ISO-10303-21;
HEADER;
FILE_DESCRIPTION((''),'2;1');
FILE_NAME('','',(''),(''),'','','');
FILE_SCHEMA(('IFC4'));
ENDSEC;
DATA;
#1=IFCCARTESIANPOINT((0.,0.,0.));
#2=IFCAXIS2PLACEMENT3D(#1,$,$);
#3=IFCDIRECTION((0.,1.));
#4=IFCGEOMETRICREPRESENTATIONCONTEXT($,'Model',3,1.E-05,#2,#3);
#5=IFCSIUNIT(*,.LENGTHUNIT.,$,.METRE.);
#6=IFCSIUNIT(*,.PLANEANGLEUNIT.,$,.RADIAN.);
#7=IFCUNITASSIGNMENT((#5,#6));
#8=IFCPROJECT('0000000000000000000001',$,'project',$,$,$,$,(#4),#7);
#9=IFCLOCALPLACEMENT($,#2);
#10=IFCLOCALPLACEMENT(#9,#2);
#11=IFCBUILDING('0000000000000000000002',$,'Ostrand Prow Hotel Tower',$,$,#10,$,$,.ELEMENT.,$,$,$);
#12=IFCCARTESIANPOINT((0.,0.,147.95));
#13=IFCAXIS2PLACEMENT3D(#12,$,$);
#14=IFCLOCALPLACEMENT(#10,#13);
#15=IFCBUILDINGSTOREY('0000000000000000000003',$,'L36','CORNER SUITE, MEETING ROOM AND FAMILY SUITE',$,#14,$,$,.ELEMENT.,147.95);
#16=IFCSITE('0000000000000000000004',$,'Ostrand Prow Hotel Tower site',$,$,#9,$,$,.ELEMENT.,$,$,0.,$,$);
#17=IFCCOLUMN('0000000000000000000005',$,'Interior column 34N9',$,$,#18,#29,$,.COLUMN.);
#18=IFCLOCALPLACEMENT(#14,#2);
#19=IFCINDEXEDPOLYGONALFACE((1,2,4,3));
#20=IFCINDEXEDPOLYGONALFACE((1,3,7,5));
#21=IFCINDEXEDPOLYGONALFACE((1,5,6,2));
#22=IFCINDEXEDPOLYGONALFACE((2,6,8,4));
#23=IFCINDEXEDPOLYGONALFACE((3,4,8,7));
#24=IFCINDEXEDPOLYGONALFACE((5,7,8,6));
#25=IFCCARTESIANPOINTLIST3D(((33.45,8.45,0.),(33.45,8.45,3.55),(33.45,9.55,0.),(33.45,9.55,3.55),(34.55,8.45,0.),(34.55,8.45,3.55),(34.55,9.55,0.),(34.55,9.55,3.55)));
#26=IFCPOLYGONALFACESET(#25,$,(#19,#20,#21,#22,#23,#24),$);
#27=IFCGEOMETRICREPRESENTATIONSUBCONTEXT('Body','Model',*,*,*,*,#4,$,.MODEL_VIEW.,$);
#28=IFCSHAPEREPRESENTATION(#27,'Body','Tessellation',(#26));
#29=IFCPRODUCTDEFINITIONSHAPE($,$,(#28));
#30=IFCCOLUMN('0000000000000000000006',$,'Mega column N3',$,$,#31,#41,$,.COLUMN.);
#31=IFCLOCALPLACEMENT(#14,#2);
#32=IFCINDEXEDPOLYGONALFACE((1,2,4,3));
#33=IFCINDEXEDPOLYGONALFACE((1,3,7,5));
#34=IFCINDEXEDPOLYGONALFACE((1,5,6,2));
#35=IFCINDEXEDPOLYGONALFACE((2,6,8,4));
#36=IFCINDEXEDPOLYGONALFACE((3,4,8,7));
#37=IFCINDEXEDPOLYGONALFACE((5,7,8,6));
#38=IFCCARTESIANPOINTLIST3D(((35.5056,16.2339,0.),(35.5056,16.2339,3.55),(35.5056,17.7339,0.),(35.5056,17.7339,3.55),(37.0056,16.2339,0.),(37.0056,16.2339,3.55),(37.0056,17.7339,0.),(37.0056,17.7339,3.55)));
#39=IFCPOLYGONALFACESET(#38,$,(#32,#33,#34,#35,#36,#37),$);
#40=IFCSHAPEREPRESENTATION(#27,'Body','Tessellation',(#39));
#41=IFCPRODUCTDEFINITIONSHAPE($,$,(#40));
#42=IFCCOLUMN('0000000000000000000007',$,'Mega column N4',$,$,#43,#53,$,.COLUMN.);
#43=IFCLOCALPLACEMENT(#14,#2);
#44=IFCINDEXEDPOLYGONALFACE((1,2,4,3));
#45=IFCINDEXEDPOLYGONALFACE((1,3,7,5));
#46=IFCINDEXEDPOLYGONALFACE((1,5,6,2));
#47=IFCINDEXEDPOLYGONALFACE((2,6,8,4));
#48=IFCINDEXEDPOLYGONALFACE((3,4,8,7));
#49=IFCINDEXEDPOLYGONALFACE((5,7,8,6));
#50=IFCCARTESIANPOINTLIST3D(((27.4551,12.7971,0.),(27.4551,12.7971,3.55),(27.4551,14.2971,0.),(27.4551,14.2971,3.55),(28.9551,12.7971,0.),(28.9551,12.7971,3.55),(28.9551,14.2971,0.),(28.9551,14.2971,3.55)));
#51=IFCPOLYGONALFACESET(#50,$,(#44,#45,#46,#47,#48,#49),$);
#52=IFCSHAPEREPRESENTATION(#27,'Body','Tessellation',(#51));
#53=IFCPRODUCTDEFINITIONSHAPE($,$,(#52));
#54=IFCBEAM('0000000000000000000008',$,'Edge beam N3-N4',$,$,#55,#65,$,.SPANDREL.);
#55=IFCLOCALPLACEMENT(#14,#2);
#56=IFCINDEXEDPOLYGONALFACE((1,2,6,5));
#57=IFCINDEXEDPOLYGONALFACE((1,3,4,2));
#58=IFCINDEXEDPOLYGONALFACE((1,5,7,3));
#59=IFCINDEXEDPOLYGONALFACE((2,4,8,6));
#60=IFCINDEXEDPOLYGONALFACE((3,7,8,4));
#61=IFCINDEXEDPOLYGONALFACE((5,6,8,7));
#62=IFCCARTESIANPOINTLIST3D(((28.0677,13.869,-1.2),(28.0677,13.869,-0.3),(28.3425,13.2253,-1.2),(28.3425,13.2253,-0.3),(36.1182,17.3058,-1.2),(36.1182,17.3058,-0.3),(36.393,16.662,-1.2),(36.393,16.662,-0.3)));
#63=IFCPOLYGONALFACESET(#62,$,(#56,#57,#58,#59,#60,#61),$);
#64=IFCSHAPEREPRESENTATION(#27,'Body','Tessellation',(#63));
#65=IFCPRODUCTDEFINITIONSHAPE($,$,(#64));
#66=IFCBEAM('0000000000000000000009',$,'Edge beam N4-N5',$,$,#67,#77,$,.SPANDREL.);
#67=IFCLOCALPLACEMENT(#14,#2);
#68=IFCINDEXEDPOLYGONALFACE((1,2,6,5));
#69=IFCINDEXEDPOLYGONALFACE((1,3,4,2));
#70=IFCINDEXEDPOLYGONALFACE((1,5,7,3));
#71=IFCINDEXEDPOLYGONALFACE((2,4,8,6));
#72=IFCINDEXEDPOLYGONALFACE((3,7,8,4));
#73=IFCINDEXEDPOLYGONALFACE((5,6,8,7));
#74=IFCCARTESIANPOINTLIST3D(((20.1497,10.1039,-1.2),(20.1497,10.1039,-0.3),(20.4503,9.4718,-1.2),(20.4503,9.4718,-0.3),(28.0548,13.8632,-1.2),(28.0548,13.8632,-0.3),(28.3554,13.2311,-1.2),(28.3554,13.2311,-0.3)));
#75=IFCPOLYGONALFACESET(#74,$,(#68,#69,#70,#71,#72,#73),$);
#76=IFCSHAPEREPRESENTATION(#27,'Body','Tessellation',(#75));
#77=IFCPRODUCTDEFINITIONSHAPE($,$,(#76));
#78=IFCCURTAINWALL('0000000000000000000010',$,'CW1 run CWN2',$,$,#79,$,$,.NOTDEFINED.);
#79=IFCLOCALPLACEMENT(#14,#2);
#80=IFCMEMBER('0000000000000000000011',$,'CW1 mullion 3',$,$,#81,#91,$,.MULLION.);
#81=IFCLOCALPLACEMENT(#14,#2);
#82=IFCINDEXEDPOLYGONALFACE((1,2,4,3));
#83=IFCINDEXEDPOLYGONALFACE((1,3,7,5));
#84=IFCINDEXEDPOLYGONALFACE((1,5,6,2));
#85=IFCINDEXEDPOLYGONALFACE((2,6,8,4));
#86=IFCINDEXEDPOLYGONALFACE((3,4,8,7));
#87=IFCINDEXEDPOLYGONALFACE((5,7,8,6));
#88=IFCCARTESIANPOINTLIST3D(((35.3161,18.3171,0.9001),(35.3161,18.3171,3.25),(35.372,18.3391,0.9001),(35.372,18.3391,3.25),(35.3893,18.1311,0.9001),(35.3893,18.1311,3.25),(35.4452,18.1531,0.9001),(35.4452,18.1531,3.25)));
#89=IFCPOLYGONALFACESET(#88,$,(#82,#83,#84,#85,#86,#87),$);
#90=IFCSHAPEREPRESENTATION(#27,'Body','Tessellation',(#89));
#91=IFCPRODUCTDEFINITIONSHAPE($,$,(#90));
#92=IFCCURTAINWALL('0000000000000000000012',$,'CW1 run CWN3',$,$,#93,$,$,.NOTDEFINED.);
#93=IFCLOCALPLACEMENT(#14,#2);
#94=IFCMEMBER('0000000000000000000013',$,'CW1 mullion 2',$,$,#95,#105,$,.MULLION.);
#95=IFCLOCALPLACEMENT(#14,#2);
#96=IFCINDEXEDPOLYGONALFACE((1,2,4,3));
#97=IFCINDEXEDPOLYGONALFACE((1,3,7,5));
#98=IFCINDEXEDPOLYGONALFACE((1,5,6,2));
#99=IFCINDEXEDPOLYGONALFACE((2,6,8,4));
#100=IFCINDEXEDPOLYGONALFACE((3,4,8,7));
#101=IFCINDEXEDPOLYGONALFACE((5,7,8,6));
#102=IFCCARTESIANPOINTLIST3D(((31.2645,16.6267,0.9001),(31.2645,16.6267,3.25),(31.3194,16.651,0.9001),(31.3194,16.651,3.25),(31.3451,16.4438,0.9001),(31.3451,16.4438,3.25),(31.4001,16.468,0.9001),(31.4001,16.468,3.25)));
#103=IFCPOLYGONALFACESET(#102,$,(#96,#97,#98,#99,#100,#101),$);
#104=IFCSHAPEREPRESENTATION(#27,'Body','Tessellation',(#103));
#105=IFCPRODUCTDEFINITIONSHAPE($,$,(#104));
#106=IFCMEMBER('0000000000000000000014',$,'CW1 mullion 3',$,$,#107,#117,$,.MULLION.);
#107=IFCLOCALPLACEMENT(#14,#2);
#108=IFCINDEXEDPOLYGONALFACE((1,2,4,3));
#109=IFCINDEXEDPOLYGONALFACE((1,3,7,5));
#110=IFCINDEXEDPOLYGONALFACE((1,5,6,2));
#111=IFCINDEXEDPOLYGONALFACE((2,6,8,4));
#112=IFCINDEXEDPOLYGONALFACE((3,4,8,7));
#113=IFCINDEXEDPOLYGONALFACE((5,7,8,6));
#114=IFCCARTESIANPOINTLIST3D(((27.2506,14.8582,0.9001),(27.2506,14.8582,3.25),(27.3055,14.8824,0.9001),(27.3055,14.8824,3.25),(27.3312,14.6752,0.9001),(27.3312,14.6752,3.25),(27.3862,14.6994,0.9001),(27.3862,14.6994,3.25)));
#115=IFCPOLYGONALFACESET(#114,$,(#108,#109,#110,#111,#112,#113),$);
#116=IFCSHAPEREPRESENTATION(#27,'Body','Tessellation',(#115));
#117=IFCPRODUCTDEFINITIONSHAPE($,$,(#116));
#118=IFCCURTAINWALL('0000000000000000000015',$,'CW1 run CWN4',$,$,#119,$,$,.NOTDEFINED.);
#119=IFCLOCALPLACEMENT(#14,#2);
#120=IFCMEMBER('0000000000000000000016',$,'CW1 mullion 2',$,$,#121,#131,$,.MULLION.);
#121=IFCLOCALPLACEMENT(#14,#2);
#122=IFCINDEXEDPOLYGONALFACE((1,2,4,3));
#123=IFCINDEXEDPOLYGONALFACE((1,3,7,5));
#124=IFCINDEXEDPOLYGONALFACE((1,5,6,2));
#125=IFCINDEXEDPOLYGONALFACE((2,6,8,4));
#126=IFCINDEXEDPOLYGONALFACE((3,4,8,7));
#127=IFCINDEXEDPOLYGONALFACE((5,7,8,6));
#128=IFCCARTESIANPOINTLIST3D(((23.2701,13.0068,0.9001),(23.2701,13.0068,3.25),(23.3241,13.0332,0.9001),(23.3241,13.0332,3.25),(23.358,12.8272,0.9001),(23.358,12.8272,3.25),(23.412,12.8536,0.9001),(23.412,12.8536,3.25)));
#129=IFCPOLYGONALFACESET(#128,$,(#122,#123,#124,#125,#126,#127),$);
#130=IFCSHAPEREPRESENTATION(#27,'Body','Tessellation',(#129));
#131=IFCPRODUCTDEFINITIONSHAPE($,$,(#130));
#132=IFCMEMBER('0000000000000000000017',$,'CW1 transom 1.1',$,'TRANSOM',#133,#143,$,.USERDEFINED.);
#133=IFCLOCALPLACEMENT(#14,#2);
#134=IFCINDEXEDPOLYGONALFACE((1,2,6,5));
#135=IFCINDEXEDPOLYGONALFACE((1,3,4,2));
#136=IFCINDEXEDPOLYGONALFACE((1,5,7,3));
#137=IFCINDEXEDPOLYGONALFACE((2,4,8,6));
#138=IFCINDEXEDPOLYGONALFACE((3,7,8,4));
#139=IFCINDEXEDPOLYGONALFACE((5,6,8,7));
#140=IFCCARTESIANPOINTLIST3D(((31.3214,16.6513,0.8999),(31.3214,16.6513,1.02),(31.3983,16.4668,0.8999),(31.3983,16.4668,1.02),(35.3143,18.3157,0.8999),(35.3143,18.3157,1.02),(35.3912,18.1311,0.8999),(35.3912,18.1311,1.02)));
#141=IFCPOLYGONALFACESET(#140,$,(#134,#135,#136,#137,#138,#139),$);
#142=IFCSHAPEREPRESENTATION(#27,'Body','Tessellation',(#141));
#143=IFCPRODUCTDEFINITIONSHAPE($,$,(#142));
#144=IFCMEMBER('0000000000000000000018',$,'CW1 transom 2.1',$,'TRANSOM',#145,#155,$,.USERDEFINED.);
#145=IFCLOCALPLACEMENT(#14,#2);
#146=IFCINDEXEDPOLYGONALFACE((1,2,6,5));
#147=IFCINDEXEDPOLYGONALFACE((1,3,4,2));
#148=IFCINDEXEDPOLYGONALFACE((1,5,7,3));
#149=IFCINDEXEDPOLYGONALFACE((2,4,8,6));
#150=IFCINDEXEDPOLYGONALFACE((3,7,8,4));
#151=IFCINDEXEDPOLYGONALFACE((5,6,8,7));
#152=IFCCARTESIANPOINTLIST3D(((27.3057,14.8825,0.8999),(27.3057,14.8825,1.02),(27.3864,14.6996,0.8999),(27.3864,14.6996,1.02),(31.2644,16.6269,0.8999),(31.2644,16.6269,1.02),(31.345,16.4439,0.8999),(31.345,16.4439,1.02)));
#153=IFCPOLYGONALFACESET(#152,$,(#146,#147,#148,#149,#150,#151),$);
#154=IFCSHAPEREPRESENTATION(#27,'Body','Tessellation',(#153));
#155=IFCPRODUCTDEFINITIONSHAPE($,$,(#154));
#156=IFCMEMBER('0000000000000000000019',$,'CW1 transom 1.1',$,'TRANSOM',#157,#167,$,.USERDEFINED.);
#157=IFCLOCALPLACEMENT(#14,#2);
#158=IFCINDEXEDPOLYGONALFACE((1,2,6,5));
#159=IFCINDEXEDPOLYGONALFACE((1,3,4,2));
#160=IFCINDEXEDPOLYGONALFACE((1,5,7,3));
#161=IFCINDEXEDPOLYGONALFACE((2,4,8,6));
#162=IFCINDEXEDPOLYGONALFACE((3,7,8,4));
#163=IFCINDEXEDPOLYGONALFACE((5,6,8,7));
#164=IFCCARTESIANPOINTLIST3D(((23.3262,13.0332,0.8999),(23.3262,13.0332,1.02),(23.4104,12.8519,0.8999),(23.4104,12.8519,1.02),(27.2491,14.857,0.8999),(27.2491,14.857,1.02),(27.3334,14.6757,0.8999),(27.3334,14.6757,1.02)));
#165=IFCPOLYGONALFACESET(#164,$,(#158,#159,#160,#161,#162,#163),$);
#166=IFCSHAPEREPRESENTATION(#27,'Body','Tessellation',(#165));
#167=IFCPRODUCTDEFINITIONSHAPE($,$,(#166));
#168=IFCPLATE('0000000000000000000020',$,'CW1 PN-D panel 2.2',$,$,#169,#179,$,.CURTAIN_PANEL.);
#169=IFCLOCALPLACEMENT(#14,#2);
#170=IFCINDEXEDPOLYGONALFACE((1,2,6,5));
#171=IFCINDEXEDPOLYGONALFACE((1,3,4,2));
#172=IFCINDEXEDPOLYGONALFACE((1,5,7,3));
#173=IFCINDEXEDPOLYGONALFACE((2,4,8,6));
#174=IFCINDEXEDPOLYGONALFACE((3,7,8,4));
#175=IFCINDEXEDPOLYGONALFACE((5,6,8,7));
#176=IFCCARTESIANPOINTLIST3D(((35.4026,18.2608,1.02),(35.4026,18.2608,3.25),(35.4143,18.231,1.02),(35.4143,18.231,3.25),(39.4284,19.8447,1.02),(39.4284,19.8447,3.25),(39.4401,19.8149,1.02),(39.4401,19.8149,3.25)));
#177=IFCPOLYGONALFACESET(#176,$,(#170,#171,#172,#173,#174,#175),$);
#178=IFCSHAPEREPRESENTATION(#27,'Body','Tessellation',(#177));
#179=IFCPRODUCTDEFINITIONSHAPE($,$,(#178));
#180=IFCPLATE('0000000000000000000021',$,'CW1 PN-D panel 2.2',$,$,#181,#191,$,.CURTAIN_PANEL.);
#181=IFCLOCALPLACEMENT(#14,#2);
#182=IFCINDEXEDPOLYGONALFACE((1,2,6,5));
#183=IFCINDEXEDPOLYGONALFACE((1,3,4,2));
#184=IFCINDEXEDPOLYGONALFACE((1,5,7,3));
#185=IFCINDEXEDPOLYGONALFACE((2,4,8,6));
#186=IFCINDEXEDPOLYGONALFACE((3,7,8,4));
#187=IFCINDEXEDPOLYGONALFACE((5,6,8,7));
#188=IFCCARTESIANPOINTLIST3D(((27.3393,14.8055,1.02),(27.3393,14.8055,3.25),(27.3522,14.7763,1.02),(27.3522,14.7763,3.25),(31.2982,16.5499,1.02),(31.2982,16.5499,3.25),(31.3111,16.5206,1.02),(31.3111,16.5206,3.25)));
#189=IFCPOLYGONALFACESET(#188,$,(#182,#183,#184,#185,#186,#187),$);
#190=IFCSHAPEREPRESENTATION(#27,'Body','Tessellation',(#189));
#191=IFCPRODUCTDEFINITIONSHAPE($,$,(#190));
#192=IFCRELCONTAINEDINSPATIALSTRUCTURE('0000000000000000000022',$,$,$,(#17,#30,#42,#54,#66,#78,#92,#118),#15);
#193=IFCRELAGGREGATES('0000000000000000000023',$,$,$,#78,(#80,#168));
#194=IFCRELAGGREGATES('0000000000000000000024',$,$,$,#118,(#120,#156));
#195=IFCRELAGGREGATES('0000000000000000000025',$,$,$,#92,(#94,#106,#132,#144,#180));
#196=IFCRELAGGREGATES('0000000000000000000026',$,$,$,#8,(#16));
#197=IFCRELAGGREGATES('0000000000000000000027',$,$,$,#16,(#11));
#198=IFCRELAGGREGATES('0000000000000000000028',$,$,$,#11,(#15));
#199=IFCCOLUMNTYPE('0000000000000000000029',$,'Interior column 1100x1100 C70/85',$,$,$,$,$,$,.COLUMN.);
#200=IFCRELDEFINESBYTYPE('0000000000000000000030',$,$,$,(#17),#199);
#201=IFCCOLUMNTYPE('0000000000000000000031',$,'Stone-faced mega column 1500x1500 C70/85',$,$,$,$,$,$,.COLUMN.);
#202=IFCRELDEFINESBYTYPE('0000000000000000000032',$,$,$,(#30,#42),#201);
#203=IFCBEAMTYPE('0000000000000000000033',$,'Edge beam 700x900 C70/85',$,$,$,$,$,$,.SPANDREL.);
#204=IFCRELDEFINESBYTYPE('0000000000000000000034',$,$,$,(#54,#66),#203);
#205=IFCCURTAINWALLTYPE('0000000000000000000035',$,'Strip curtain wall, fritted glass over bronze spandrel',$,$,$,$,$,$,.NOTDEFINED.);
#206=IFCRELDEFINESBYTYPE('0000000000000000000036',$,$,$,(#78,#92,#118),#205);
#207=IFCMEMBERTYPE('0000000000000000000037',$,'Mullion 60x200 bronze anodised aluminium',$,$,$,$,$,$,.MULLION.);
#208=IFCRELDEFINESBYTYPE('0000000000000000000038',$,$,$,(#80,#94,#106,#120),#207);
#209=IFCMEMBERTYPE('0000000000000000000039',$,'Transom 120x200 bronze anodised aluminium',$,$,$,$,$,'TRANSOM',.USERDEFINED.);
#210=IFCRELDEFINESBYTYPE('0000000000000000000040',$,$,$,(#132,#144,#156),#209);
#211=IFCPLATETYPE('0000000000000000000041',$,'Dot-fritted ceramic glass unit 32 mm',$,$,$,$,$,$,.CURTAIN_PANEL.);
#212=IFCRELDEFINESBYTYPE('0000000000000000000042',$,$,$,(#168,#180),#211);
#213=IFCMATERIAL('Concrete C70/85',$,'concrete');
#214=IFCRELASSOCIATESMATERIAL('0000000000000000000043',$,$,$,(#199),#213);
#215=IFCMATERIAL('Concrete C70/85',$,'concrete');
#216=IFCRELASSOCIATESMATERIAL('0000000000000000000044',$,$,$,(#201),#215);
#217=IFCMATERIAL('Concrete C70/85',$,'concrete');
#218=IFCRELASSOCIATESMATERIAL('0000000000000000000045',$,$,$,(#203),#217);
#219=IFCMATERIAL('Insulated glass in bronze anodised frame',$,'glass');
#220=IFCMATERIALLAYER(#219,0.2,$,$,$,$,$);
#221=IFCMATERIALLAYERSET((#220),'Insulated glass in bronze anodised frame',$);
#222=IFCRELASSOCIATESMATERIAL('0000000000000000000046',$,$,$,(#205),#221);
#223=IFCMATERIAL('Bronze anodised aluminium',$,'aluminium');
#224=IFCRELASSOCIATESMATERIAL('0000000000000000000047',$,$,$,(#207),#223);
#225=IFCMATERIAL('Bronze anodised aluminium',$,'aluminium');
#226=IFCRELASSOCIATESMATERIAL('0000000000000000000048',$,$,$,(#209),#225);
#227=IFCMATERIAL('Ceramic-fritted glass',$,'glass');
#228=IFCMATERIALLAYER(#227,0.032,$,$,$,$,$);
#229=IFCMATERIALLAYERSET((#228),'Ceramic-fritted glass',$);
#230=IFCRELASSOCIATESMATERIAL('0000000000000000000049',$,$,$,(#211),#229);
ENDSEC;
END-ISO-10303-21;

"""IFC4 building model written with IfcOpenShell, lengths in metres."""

from ifc_helpers import new_model, si_unit, direction, frame, origin, origin_2d, place, context, subcontext, project, spatial, rectangle, extrude, material, layer, layer_set, material_profile, profile_set, type_object, element, aggregate, save


model = new_model("IFC4")

# Units and contexts
model_context = context("Model", 3, precision=1e-05, world=origin(), true_north=direction((0.0, 1.0)))
body_context = subcontext(model_context, "Body", "Model", "MODEL_VIEW")
ifc_project = project(units=[si_unit("LENGTHUNIT", "METRE"), si_unit("PLANEANGLEUNIT", "RADIAN")], contexts=[model_context])

# Site, building, storey
site_placement = place(None, origin())
site = spatial("IfcSite", under=ifc_project, at=site_placement, Name="Ostrand Prow Hotel Tower site", CompositionType="ELEMENT", RefElevation=0.0)
building_placement = place(site_placement, origin())
building = spatial("IfcBuilding", under=site, at=building_placement, Name="Ostrand Prow Hotel Tower", CompositionType="ELEMENT")
storey_placement = place(building_placement, frame((0.0, 0.0, 147.95)))
storey = spatial("IfcBuildingStorey", under=building, at=storey_placement, Name="L36", Description="CORNER SUITE, MEETING ROOM AND FAMILY SUITE", CompositionType="ELEMENT", Elevation=147.95)

# Columns
ifc_material_1 = material(Name="Concrete C70/85", Category="concrete")
ifc_material_profile_1 = material_profile(ifc_material_1, rectangle(XDim=1.1001, YDim=1.1001, at=origin_2d()), Name="RC 1100x1100")
ifc_profile_set_1 = profile_set([ifc_material_profile_1], Name="Concrete C70/85")
column_type_1 = type_object("IfcColumnType", Name="Interior column 1100x1100 C70/85", PredefinedType="COLUMN", material=ifc_profile_set_1)
column_placement = place(storey_placement, frame((34.0, 9.0, 0.0), z_axis=(0.0, 0.0, 1.0), x_axis=(1.0, 0.0, 0.0)))
element("IfcColumn", 1, at=column_placement, inside=storey, type_object=column_type_1, Name="Interior column 34N9", PredefinedType="COLUMN", context=body_context, shape_type="SweptSolid", body=[
    extrude(rectangle(XDim=1.1001, YDim=1.1001, at=origin_2d()), origin(), (0.0, 0.0, 1.0), 3.55),
])
ifc_material_2 = material(Name="Concrete C70/85", Category="concrete")
ifc_material_profile_2 = material_profile(ifc_material_2, rectangle(XDim=1.5, YDim=1.5, at=origin_2d()), Name="RC 1500x1500")
ifc_profile_set_2 = profile_set([ifc_material_profile_2], Name="Concrete C70/85")
column_type_2 = type_object("IfcColumnType", Name="Stone-faced mega column 1500x1500 C70/85", PredefinedType="COLUMN", material=ifc_profile_set_2)
for number, where, z_axis, x_axis, name in (
    (2, (36.2556, 16.9839, 0.0), (0.0, 0.0, 1.0), (1.0, 0.0, 0.0), "Mega column N3"),
    (3, (28.2051, 13.5471, 0.0), (0.0, 0.0, 1.0), (1.0, 0.0, 0.0), "Mega column N4"),
):
    element("IfcColumn", number, at=place(storey_placement, frame(where, z_axis=z_axis, x_axis=x_axis)), inside=storey, type_object=column_type_2, Name=name, PredefinedType="COLUMN", context=body_context, shape_type="SweptSolid", body=[
        extrude(rectangle(XDim=1.5, YDim=1.5, at=origin_2d()), origin(), (0.0, 0.0, 1.0), 3.55),
    ])

# Beams
ifc_material_3 = material(Name="Concrete C70/85", Category="concrete")
ifc_material_profile_3 = material_profile(ifc_material_3, rectangle(XDim=0.7, YDim=0.8999, at=origin_2d()), Name="RC 700x900")
ifc_profile_set_3 = profile_set([ifc_material_profile_3], Name="Concrete C70/85")
beam_type = type_object("IfcBeamType", Name="Edge beam 700x900 C70/85", PredefinedType="SPANDREL", material=ifc_profile_set_3)
for number, where, z_axis, x_axis, name in (
    (4, (36.2556, 16.9839, -0.75), (-0.919701, -0.39262, 0.0), (0.39262, -0.919701, 0.0), "Edge beam N3-N4"),
    (5, (28.2051, 13.5471, -0.75), (-0.903083, -0.429466, 0.0), (0.429466, -0.903083, 0.0), "Edge beam N4-N5"),
):
    element("IfcBeam", number, at=place(storey_placement, frame(where, z_axis=z_axis, x_axis=x_axis)), inside=storey, type_object=beam_type, Name=name, PredefinedType="SPANDREL", context=body_context, shape_type="SweptSolid", body=[
        extrude(rectangle(XDim=0.7, YDim=0.8999, at=origin_2d()), origin(), (0.0, 0.0, 1.0), 8.7534),
    ])

# Curtain wall, member
ifc_material_4 = material(Name="Insulated glass in bronze anodised frame", Category="glass")
ifc_layer_1 = layer(ifc_material_4, 0.2)
ifc_layer_set_1 = layer_set([ifc_layer_1], Name="Insulated glass in bronze anodised frame")
curtain_wall_type = type_object("IfcCurtainWallType", Name="Strip curtain wall, fritted glass over bronze spandrel", PredefinedType="NOTDEFINED", material=ifc_layer_set_1)
curtain_wall_1_placement = place(storey_placement, origin())
curtain_wall_1 = element("IfcCurtainWall", 6, at=curtain_wall_1_placement, inside=storey, type_object=curtain_wall_type, Name="CW1 run CWN2", PredefinedType="NOTDEFINED")
ifc_material_5 = material(Name="Bronze anodised aluminium", Category="aluminium")
ifc_material_profile_4 = material_profile(ifc_material_5, rectangle(XDim=0.2, YDim=0.0601, at=origin_2d()), Name="Mullion 60x200 bronze anodised aluminium")
ifc_profile_set_4 = profile_set([ifc_material_profile_4], Name="Bronze anodised aluminium")
member_type_1 = type_object("IfcMemberType", Name="Mullion 60x200 bronze anodised aluminium", PredefinedType="MULLION", material=ifc_profile_set_4)
member_1_placement = place(storey_placement, frame((35.3806, 18.2351, 0.9001), z_axis=(0.0, 0.0, 1.0), x_axis=(0.366116, -0.930569, 0.0)))
member_1 = element("IfcMember", 7, at=member_1_placement, type_object=member_type_1, Name="CW1 mullion 3", PredefinedType="MULLION", context=body_context, shape_type="SweptSolid", body=[
    extrude(rectangle(XDim=0.2, YDim=0.0601, at=origin_2d()), origin(), (0.0, 0.0, 1.0), 2.3499),
])

# Curtain wall, members
curtain_wall_2_placement = place(storey_placement, origin())
curtain_wall_2 = element("IfcCurtainWall", 8, at=curtain_wall_2_placement, inside=storey, type_object=curtain_wall_type, Name="CW1 run CWN3", PredefinedType="NOTDEFINED")
member_2_placement = place(storey_placement, frame((31.3323, 16.5474, 0.9001), z_axis=(0.0, 0.0, 1.0), x_axis=(0.403213, -0.915106, 0.0)))
member_2 = element("IfcMember", 9, at=member_2_placement, type_object=member_type_1, Name="CW1 mullion 2", PredefinedType="MULLION", context=body_context, shape_type="SweptSolid", body=[
    extrude(rectangle(XDim=0.2, YDim=0.0601, at=origin_2d()), origin(), (0.0, 0.0, 1.0), 2.3499),
])
member_3_placement = place(storey_placement, frame((27.3184, 14.7788, 0.9001), z_axis=(0.0, 0.0, 1.0), x_axis=(0.403213, -0.915106, 0.0)))
member_3 = element("IfcMember", 10, at=member_3_placement, type_object=member_type_1, Name="CW1 mullion 3", PredefinedType="MULLION", context=body_context, shape_type="SweptSolid", body=[
    extrude(rectangle(XDim=0.2, YDim=0.0601, at=origin_2d()), origin(), (0.0, 0.0, 1.0), 2.3499),
])

# Curtain wall, member
curtain_wall_3_placement = place(storey_placement, origin())
curtain_wall_3 = element("IfcCurtainWall", 11, at=curtain_wall_3_placement, inside=storey, type_object=curtain_wall_type, Name="CW1 run CWN4", PredefinedType="NOTDEFINED")
member_4_placement = place(storey_placement, frame((23.3411, 12.9302, 0.9001), z_axis=(0.0, 0.0, 1.0), x_axis=(0.439659, -0.898165, 0.0)))
member_4 = element("IfcMember", 12, at=member_4_placement, type_object=member_type_1, Name="CW1 mullion 2", PredefinedType="MULLION", context=body_context, shape_type="SweptSolid", body=[
    extrude(rectangle(XDim=0.2, YDim=0.0601, at=origin_2d()), origin(), (0.0, 0.0, 1.0), 2.3499),
])

# Members
ifc_material_6 = material(Name="Bronze anodised aluminium", Category="aluminium")
ifc_material_profile_5 = material_profile(ifc_material_6, rectangle(XDim=0.2, YDim=0.1201, at=origin_2d()), Name="Transom 120x200 bronze anodised aluminium")
ifc_profile_set_5 = profile_set([ifc_material_profile_5], Name="Bronze anodised aluminium")
member_type_2 = type_object("IfcMemberType", Name="Transom 120x200 bronze anodised aluminium", ElementType="TRANSOM", PredefinedType="USERDEFINED", material=ifc_profile_set_5)
member_5_placement = place(storey_placement, frame((35.3528, 18.2234, 0.96), z_axis=(-0.923028, -0.384732, 0.0), x_axis=(0.384732, -0.923028, 0.0)))
member_5 = element("IfcMember", 13, at=member_5_placement, type_object=member_type_2, Name="CW1 transom 1.1", ObjectType="TRANSOM", PredefinedType="USERDEFINED", context=body_context, shape_type="SweptSolid", body=[
    extrude(rectangle(XDim=0.2, YDim=0.1201, at=origin_2d()), origin(), (0.0, 0.0, 1.0), 4.3259),
])
member_6_placement = place(storey_placement, frame((31.3047, 16.5354, 0.96), z_axis=(-0.915099, -0.40323, 0.0), x_axis=(0.40323, -0.915099, 0.0)))
member_6 = element("IfcMember", 14, at=member_6_placement, type_object=member_type_2, Name="CW1 transom 2.1", ObjectType="TRANSOM", PredefinedType="USERDEFINED", context=body_context, shape_type="SweptSolid", body=[
    extrude(rectangle(XDim=0.2, YDim=0.1201, at=origin_2d()), origin(), (0.0, 0.0, 1.0), 4.3259),
])
member_7_placement = place(storey_placement, frame((27.2913, 14.7664, 0.96), z_axis=(-0.906796, -0.421569, 0.0), x_axis=(0.421569, -0.906796, 0.0)))
member_7 = element("IfcMember", 15, at=member_7_placement, type_object=member_type_2, Name="CW1 transom 1.1", ObjectType="TRANSOM", PredefinedType="USERDEFINED", context=body_context, shape_type="SweptSolid", body=[
    extrude(rectangle(XDim=0.2, YDim=0.1201, at=origin_2d()), origin(), (0.0, 0.0, 1.0), 4.3262),
])

# Plates
ifc_material_7 = material(Name="Ceramic-fritted glass", Category="glass")
ifc_layer_2 = layer(ifc_material_7, 0.032)
ifc_layer_set_2 = layer_set([ifc_layer_2], Name="Ceramic-fritted glass")
plate_type_1 = type_object("IfcPlateType", Name="Dot-fritted ceramic glass unit 32 mm", PredefinedType="CURTAIN_PANEL", material=ifc_layer_set_2)
plate_1_placement = place(storey_placement, frame((37.4214, 19.0378, 1.02), z_axis=(0.0, 0.0, 1.0), x_axis=(-0.930569, -0.366116, 0.0)))
plate_1 = element("IfcPlate", 16, at=plate_1_placement, type_object=plate_type_1, Name="CW1 PN-D panel 2.2", PredefinedType="CURTAIN_PANEL", context=body_context, shape_type="SweptSolid", body=[
    extrude(rectangle(XDim=4.3262, YDim=0.032, at=origin_2d()), origin(), (0.0, 0.0, 1.0), 2.23),
])
aggregate(curtain_wall_1, [member_1, plate_1])
plate_2_placement = place(storey_placement, frame((29.3252, 15.6631, 1.02), z_axis=(0.0, 0.0, 1.0), x_axis=(-0.915106, -0.403213, 0.0)))
plate_2 = element("IfcPlate", 17, at=plate_2_placement, type_object=plate_type_1, Name="CW1 PN-D panel 2.2", PredefinedType="CURTAIN_PANEL", context=body_context, shape_type="SweptSolid", body=[
    extrude(rectangle(XDim=4.3262, YDim=0.032, at=origin_2d()), origin(), (0.0, 0.0, 1.0), 2.23),
])
aggregate(curtain_wall_3, [member_4, member_7])
aggregate(curtain_wall_2, [member_2, member_3, member_5, member_6, plate_2])

save(model, "model.ifc")
